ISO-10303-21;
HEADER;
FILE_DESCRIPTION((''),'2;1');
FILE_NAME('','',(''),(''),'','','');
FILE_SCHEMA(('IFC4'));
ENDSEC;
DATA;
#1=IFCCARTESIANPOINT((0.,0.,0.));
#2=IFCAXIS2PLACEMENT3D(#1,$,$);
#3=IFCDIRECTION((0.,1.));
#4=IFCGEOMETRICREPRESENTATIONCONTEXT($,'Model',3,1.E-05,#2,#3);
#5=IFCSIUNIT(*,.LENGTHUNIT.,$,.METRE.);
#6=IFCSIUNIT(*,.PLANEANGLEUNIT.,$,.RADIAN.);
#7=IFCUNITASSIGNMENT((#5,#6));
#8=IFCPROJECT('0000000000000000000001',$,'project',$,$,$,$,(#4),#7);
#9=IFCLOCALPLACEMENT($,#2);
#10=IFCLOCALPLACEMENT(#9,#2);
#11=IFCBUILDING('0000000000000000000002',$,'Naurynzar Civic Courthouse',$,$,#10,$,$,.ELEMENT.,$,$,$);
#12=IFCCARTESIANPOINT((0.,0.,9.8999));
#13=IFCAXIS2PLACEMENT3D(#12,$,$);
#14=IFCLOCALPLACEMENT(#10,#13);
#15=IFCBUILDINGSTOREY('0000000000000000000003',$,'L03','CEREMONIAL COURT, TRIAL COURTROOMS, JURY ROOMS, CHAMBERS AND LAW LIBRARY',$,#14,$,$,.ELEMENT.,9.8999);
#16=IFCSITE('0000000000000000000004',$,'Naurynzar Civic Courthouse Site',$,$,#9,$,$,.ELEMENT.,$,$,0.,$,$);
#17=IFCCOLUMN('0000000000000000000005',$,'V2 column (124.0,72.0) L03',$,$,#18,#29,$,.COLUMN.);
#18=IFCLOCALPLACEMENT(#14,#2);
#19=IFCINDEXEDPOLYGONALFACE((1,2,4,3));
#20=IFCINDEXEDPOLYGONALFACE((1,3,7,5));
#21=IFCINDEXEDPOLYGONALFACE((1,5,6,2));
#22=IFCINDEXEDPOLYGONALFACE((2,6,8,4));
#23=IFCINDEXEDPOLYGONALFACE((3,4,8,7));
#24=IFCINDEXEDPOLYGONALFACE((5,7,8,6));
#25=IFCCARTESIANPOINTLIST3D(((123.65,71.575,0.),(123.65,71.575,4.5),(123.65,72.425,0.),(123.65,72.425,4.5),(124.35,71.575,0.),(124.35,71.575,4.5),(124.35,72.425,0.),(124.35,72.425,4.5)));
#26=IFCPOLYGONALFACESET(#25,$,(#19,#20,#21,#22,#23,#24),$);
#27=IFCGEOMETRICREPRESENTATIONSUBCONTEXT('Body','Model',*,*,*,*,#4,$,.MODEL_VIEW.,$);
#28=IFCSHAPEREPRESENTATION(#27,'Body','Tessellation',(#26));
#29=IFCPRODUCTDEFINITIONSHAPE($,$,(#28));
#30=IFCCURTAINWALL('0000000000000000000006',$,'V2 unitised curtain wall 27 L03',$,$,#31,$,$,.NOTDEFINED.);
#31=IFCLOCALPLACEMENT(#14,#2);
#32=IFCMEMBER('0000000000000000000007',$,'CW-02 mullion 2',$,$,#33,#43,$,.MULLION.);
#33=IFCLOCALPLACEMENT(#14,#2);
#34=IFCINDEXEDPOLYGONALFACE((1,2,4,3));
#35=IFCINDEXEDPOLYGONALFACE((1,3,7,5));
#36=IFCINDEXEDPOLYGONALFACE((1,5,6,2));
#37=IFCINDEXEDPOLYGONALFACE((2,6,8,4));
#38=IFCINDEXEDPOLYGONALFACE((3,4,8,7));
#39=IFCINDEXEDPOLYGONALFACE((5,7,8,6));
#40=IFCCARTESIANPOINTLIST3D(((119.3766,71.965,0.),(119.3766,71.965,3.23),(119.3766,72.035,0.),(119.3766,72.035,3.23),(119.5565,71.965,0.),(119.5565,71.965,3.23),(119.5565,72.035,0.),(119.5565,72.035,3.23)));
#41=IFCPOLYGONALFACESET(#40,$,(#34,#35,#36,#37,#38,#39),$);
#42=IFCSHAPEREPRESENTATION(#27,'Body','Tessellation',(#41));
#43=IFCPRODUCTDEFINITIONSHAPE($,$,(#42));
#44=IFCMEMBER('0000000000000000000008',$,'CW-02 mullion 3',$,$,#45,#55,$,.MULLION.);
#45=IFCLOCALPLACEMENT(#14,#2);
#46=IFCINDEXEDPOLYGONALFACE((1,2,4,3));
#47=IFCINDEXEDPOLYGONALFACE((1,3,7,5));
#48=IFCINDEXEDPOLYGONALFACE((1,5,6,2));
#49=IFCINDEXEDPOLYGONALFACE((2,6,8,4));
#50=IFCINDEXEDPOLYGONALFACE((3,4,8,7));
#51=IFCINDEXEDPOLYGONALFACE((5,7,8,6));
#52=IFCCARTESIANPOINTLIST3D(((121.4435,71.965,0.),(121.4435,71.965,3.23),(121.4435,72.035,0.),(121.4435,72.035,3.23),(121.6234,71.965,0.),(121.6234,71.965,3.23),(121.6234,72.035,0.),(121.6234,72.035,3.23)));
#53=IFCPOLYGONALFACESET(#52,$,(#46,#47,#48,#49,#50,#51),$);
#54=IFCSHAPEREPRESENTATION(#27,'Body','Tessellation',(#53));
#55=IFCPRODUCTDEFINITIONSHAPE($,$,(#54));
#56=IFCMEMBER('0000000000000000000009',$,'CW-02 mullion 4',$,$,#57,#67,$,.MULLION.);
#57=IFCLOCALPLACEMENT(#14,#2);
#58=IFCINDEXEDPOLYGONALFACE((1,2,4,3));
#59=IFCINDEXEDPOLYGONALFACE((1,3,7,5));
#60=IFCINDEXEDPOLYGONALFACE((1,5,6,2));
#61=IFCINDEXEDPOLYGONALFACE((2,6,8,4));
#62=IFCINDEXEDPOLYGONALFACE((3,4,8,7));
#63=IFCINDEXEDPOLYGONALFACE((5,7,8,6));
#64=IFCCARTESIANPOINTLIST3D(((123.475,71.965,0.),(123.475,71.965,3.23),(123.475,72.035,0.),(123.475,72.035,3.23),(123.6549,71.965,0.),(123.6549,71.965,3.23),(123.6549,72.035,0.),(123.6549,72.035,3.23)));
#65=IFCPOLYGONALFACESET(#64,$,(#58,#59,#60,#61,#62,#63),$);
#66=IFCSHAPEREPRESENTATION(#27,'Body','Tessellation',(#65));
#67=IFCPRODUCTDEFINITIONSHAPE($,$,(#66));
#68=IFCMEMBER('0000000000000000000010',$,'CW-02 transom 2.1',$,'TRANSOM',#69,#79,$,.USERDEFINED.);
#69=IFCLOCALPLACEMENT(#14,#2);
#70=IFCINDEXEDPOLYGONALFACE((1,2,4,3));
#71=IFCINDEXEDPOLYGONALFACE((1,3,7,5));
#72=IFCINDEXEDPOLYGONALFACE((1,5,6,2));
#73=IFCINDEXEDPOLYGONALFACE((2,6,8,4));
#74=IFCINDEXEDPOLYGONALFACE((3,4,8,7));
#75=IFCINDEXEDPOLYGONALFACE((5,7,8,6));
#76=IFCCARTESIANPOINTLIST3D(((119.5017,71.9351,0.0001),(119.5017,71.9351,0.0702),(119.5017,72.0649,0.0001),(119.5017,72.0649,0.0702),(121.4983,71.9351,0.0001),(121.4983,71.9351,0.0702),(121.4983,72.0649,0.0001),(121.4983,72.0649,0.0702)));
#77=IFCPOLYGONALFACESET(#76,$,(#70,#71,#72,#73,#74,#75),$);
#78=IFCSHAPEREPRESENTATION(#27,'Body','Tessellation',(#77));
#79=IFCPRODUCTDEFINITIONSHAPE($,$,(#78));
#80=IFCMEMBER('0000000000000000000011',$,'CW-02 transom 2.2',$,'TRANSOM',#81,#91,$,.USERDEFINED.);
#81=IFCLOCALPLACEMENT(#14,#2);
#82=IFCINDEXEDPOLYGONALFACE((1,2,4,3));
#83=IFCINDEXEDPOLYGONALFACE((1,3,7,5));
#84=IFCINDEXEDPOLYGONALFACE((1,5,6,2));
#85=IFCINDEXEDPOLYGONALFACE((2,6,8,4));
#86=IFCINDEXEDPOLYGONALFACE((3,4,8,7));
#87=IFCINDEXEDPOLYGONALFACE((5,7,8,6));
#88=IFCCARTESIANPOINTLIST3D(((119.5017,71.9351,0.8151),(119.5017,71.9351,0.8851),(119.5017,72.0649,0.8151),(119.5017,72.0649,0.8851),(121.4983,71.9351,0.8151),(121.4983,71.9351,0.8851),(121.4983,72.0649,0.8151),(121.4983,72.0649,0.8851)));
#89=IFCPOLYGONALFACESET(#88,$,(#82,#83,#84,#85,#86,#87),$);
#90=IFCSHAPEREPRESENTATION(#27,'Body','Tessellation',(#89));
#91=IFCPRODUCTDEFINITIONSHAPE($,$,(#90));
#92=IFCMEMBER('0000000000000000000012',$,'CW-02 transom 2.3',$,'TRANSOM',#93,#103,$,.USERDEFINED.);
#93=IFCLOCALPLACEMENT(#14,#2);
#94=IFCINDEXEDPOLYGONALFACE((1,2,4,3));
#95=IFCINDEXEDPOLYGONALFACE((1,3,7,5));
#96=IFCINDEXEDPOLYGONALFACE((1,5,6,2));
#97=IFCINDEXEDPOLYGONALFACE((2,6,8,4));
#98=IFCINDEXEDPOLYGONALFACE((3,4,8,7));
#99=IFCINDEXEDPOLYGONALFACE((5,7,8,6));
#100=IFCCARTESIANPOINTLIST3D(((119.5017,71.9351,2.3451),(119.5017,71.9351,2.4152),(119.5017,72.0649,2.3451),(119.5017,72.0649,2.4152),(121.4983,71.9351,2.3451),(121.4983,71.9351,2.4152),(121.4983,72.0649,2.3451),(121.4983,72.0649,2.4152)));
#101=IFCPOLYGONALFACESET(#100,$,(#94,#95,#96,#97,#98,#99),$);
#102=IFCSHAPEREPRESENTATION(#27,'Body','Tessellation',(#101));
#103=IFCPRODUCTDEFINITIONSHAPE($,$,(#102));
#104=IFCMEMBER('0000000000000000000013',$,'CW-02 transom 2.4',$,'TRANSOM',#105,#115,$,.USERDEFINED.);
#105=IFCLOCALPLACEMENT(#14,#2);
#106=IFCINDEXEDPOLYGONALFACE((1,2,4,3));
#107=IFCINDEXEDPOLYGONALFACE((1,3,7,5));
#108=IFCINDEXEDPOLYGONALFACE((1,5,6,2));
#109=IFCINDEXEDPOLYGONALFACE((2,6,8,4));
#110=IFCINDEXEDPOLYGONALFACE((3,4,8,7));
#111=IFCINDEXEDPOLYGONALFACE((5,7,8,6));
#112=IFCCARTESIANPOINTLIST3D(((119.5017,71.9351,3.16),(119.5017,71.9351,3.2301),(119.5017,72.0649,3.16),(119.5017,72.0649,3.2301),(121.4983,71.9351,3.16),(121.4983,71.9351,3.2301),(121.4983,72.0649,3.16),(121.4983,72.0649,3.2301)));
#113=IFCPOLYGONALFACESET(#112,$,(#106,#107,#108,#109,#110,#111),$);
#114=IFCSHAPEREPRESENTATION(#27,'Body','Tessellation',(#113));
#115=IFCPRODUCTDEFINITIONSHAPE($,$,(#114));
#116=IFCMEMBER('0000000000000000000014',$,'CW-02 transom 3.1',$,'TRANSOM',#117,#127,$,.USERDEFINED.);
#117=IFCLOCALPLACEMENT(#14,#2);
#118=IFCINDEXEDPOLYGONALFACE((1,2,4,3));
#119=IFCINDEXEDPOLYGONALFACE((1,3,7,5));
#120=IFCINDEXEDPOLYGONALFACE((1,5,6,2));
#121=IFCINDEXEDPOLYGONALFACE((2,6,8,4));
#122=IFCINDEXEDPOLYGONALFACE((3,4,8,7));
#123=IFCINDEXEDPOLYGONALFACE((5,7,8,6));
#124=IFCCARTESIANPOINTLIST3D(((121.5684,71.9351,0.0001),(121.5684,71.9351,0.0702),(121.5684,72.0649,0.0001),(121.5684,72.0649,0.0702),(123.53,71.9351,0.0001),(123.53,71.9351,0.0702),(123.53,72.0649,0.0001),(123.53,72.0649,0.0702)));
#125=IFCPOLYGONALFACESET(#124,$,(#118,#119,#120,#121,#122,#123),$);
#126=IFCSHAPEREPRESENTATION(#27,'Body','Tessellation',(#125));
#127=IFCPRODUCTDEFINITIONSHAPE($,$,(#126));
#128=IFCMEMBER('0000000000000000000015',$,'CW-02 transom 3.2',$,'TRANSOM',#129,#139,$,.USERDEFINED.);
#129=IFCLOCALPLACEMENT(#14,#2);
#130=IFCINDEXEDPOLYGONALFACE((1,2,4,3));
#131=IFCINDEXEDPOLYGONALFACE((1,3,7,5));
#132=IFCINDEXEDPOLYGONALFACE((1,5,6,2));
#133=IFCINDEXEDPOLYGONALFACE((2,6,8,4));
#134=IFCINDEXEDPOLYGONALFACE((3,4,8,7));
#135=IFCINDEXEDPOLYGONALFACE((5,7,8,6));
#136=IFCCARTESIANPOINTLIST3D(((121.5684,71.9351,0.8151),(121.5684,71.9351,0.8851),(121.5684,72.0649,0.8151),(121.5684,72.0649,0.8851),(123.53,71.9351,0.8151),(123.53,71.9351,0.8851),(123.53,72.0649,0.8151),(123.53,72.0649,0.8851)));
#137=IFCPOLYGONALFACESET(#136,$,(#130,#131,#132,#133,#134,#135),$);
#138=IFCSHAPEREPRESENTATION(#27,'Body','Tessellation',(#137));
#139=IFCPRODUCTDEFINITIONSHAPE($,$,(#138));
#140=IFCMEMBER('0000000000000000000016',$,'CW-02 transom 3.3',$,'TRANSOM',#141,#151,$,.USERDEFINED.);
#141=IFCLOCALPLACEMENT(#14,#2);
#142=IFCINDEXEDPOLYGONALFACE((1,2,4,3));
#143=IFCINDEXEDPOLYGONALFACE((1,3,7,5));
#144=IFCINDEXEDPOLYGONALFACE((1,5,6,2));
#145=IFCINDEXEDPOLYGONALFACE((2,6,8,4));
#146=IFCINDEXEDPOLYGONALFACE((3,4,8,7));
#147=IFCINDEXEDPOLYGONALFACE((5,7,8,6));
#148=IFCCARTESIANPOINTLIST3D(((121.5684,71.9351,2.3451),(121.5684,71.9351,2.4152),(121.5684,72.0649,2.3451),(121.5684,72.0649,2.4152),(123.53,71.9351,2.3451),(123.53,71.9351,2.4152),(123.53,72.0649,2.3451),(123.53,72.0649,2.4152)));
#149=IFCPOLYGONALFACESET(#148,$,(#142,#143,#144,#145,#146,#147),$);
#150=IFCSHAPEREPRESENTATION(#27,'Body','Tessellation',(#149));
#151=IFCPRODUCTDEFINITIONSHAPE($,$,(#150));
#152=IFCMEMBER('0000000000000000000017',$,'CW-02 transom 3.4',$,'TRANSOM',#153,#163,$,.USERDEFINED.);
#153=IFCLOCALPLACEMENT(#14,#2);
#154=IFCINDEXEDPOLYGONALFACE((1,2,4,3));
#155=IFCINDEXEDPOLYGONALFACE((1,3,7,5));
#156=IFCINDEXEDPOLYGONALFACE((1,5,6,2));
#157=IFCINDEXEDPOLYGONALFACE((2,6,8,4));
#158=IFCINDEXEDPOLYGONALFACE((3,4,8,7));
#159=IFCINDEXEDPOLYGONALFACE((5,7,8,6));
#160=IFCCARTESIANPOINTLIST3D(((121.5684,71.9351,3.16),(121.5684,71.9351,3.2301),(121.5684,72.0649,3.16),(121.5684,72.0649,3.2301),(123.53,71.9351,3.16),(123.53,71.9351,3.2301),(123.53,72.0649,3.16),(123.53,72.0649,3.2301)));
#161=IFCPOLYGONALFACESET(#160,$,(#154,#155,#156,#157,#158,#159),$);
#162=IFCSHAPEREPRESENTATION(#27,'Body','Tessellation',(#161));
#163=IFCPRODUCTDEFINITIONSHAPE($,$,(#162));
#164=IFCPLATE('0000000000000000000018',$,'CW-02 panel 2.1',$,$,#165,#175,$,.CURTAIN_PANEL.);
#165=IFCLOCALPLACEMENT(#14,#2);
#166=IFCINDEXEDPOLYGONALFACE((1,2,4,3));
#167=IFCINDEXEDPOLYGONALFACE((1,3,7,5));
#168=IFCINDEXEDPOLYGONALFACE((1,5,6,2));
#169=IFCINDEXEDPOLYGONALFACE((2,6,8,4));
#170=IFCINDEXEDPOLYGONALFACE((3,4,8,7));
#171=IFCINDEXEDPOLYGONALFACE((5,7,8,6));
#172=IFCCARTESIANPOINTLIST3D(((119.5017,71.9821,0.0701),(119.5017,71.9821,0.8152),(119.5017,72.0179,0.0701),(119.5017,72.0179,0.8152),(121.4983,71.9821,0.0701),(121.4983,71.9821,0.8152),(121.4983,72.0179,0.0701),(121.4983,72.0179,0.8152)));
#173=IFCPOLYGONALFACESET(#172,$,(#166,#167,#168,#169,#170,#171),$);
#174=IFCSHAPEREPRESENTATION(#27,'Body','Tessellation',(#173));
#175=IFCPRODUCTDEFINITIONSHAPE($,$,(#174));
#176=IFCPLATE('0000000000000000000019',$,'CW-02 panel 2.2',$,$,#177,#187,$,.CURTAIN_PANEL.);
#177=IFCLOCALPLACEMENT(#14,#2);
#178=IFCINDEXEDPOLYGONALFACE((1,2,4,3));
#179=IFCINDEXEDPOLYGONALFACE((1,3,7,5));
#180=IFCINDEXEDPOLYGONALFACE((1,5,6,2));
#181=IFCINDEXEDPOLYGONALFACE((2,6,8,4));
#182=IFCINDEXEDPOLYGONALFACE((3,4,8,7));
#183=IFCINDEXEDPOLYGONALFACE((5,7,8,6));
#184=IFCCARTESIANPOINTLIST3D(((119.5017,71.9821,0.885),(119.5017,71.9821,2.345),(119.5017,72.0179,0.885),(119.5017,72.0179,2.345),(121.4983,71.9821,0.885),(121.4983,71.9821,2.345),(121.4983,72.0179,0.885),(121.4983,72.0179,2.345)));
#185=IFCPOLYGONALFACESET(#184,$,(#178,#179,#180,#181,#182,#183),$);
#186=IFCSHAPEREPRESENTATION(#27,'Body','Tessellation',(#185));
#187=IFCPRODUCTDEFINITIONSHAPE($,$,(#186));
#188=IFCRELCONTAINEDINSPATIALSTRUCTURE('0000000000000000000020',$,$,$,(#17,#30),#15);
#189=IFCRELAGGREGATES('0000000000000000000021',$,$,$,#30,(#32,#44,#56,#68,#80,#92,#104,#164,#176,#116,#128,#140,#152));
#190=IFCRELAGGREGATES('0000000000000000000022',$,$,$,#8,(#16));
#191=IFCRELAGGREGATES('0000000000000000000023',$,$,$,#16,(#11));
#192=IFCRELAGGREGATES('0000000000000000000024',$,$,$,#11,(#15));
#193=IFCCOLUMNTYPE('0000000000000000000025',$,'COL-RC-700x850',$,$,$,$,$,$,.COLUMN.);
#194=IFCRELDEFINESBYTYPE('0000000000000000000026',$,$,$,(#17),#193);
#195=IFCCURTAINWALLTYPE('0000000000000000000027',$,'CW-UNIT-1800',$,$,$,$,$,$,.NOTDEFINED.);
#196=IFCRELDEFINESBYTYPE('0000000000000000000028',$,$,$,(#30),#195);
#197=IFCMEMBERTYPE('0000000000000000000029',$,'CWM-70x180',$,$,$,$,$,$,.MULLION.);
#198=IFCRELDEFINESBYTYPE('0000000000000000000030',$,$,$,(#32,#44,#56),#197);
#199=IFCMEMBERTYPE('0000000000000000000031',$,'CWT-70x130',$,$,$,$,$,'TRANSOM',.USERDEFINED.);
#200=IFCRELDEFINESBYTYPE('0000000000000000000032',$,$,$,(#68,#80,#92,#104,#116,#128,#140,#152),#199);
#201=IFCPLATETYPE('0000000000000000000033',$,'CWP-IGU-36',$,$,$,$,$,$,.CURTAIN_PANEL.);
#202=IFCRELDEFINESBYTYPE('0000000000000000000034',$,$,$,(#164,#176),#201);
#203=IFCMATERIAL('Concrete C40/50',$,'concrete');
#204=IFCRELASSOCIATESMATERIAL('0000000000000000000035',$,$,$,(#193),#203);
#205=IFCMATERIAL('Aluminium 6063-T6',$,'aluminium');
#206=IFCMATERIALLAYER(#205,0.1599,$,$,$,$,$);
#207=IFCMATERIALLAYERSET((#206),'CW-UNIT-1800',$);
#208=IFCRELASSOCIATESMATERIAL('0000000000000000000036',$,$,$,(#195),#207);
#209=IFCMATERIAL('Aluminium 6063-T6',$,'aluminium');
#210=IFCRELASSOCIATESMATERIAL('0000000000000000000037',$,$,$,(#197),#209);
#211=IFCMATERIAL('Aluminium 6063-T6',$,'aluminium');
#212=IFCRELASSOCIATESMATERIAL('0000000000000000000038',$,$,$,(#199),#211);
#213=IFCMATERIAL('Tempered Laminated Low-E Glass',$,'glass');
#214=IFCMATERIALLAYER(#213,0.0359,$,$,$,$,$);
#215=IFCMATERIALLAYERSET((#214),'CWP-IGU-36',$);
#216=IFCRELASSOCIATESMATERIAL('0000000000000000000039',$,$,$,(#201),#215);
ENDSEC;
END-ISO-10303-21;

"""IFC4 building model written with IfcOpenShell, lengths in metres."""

from ifc_helpers import new_model, si_unit, direction, frame, origin, origin_2d, place, context, subcontext, project, spatial, rectangle, extrude, material, layer, layer_set, material_profile, profile_set, type_object, element, aggregate, save


model = new_model("IFC4")

# Units and contexts
model_context = context("Model", 3, precision=1e-05, world=origin(), true_north=direction((0.0, 1.0)))
body_context = subcontext(model_context, "Body", "Model", "MODEL_VIEW")
ifc_project = project(units=[si_unit("LENGTHUNIT", "METRE"), si_unit("PLANEANGLEUNIT", "RADIAN")], contexts=[model_context])

# Site, building, storey
site_placement = place(None, origin())
site = spatial("IfcSite", under=ifc_project, at=site_placement, Name="Naurynzar Civic Courthouse Site", CompositionType="ELEMENT", RefElevation=0.0)
building_placement = place(site_placement, origin())
building = spatial("IfcBuilding", under=site, at=building_placement, Name="Naurynzar Civic Courthouse", CompositionType="ELEMENT")
storey_placement = place(building_placement, frame((0.0, 0.0, 9.8999)))
storey = spatial("IfcBuildingStorey", under=building, at=storey_placement, Name="L03", Description="CEREMONIAL COURT, TRIAL COURTROOMS, JURY ROOMS, CHAMBERS AND LAW LIBRARY", CompositionType="ELEMENT", Elevation=9.8999)

# Column
ifc_material_1 = material(Name="Concrete C40/50", Category="concrete")
ifc_material_profile_1 = material_profile(ifc_material_1, rectangle(XDim=0.7, YDim=0.8501, at=origin_2d()), Name="RC 700x850")
ifc_profile_set_1 = profile_set([ifc_material_profile_1], Name="Concrete C40/50")
column_type = type_object("IfcColumnType", Name="COL-RC-700x850", PredefinedType="COLUMN", material=ifc_profile_set_1)
column_placement = place(storey_placement, frame((124.0, 72.0, 0.0), z_axis=(0.0, 0.0, 1.0), x_axis=(1.0, 0.0, 0.0)))
element("IfcColumn", 1, at=column_placement, inside=storey, type_object=column_type, Name="V2 column (124.0,72.0) L03", PredefinedType="COLUMN", context=body_context, shape_type="SweptSolid", body=[
    extrude(rectangle(XDim=0.7, YDim=0.8501, at=origin_2d()), origin(), (0.0, 0.0, 1.0), 4.5),
])

# Curtain wall, members, plates
ifc_material_2 = material(Name="Aluminium 6063-T6", Category="aluminium")
ifc_layer_1 = layer(ifc_material_2, 0.1599)
ifc_layer_set_1 = layer_set([ifc_layer_1], Name="CW-UNIT-1800")
curtain_wall_type = type_object("IfcCurtainWallType", Name="CW-UNIT-1800", PredefinedType="NOTDEFINED", material=ifc_layer_set_1)
curtain_wall_placement = place(storey_placement, origin())
curtain_wall = element("IfcCurtainWall", 2, at=curtain_wall_placement, inside=storey, type_object=curtain_wall_type, Name="V2 unitised curtain wall 27 L03", PredefinedType="NOTDEFINED")
ifc_material_3 = material(Name="Aluminium 6063-T6", Category="aluminium")
ifc_material_profile_2 = material_profile(ifc_material_3, rectangle(XDim=0.0701, YDim=0.1799, at=origin_2d()), Name="ALU MULLION 70x180")
ifc_profile_set_2 = profile_set([ifc_material_profile_2], Name="Aluminium 6063-T6")
member_type_1 = type_object("IfcMemberType", Name="CWM-70x180", PredefinedType="MULLION", material=ifc_profile_set_2)
member_1_placement = place(storey_placement, frame((119.4666, 72.0, 0.0), z_axis=(0.0, 0.0, 1.0), x_axis=(0.0, 1.0, 0.0)))
member_1 = element("IfcMember", 3, at=member_1_placement, type_object=member_type_1, Name="CW-02 mullion 2", PredefinedType="MULLION", context=body_context, shape_type="SweptSolid", body=[
    extrude(rectangle(XDim=0.0701, YDim=0.1799, at=origin_2d()), origin(), (0.0, 0.0, 1.0), 3.23),
])
member_2_placement = place(storey_placement, frame((121.5334, 72.0, 0.0), z_axis=(0.0, 0.0, 1.0), x_axis=(0.0, 1.0, 0.0)))
member_2 = element("IfcMember", 4, at=member_2_placement, type_object=member_type_1, Name="CW-02 mullion 3", PredefinedType="MULLION", context=body_context, shape_type="SweptSolid", body=[
    extrude(rectangle(XDim=0.0701, YDim=0.1799, at=origin_2d()), origin(), (0.0, 0.0, 1.0), 3.23),
])
member_3_placement = place(storey_placement, frame((123.5649, 72.0, 0.0), z_axis=(0.0, 0.0, 1.0), x_axis=(0.0, 1.0, 0.0)))
member_3 = element("IfcMember", 5, at=member_3_placement, type_object=member_type_1, Name="CW-02 mullion 4", PredefinedType="MULLION", context=body_context, shape_type="SweptSolid", body=[
    extrude(rectangle(XDim=0.0701, YDim=0.1799, at=origin_2d()), origin(), (0.0, 0.0, 1.0), 3.23),
])
ifc_material_4 = material(Name="Aluminium 6063-T6", Category="aluminium")
ifc_material_profile_3 = material_profile(ifc_material_4, rectangle(XDim=0.1299, YDim=0.0701, at=origin_2d()), Name="ALU TRANSOM 70x130")
ifc_profile_set_3 = profile_set([ifc_material_profile_3], Name="Aluminium 6063-T6")
member_type_2 = type_object("IfcMemberType", Name="CWT-70x130", ElementType="TRANSOM", PredefinedType="USERDEFINED", material=ifc_profile_set_3)
member_4_placement = place(storey_placement, frame((119.5017, 72.0, 0.0352), z_axis=(1.0, 0.0, 0.0), x_axis=(0.0, 1.0, 0.0)))
member_4 = element("IfcMember", 6, at=member_4_placement, type_object=member_type_2, Name="CW-02 transom 2.1", ObjectType="TRANSOM", PredefinedType="USERDEFINED", context=body_context, shape_type="SweptSolid", body=[
    extrude(rectangle(XDim=0.1299, YDim=0.0701, at=origin_2d()), origin(), (0.0, 0.0, 1.0), 1.9966),
])
member_5_placement = place(storey_placement, frame((119.5017, 72.0, 0.8501), z_axis=(1.0, 0.0, 0.0), x_axis=(0.0, 1.0, 0.0)))
member_5 = element("IfcMember", 7, at=member_5_placement, type_object=member_type_2, Name="CW-02 transom 2.2", ObjectType="TRANSOM", PredefinedType="USERDEFINED", context=body_context, shape_type="SweptSolid", body=[
    extrude(rectangle(XDim=0.1299, YDim=0.0701, at=origin_2d()), origin(), (0.0, 0.0, 1.0), 1.9966),
])
member_6_placement = place(storey_placement, frame((119.5017, 72.0, 2.3801), z_axis=(1.0, 0.0, 0.0), x_axis=(0.0, 1.0, 0.0)))
member_6 = element("IfcMember", 8, at=member_6_placement, type_object=member_type_2, Name="CW-02 transom 2.3", ObjectType="TRANSOM", PredefinedType="USERDEFINED", context=body_context, shape_type="SweptSolid", body=[
    extrude(rectangle(XDim=0.1299, YDim=0.0701, at=origin_2d()), origin(), (0.0, 0.0, 1.0), 1.9966),
])
member_7_placement = place(storey_placement, frame((119.5017, 72.0, 3.1951), z_axis=(1.0, 0.0, 0.0), x_axis=(0.0, 1.0, 0.0)))
member_7 = element("IfcMember", 9, at=member_7_placement, type_object=member_type_2, Name="CW-02 transom 2.4", ObjectType="TRANSOM", PredefinedType="USERDEFINED", context=body_context, shape_type="SweptSolid", body=[
    extrude(rectangle(XDim=0.1299, YDim=0.0701, at=origin_2d()), origin(), (0.0, 0.0, 1.0), 1.9966),
])
member_8_placement = place(storey_placement, frame((121.5684, 72.0, 0.0352), z_axis=(1.0, 0.0, 0.0), x_axis=(0.0, 1.0, 0.0)))
member_8 = element("IfcMember", 10, at=member_8_placement, type_object=member_type_2, Name="CW-02 transom 3.1", ObjectType="TRANSOM", PredefinedType="USERDEFINED", context=body_context, shape_type="SweptSolid", body=[
    extrude(rectangle(XDim=0.1299, YDim=0.0701, at=origin_2d()), origin(), (0.0, 0.0, 1.0), 1.9617),
])
member_9_placement = place(storey_placement, frame((121.5684, 72.0, 0.8501), z_axis=(1.0, 0.0, 0.0), x_axis=(0.0, 1.0, 0.0)))
member_9 = element("IfcMember", 11, at=member_9_placement, type_object=member_type_2, Name="CW-02 transom 3.2", ObjectType="TRANSOM", PredefinedType="USERDEFINED", context=body_context, shape_type="SweptSolid", body=[
    extrude(rectangle(XDim=0.1299, YDim=0.0701, at=origin_2d()), origin(), (0.0, 0.0, 1.0), 1.9617),
])
member_10_placement = place(storey_placement, frame((121.5684, 72.0, 2.3801), z_axis=(1.0, 0.0, 0.0), x_axis=(0.0, 1.0, 0.0)))
member_10 = element("IfcMember", 12, at=member_10_placement, type_object=member_type_2, Name="CW-02 transom 3.3", ObjectType="TRANSOM", PredefinedType="USERDEFINED", context=body_context, shape_type="SweptSolid", body=[
    extrude(rectangle(XDim=0.1299, YDim=0.0701, at=origin_2d()), origin(), (0.0, 0.0, 1.0), 1.9617),
])
member_11_placement = place(storey_placement, frame((121.5684, 72.0, 3.1951), z_axis=(1.0, 0.0, 0.0), x_axis=(0.0, 1.0, 0.0)))
member_11 = element("IfcMember", 13, at=member_11_placement, type_object=member_type_2, Name="CW-02 transom 3.4", ObjectType="TRANSOM", PredefinedType="USERDEFINED", context=body_context, shape_type="SweptSolid", body=[
    extrude(rectangle(XDim=0.1299, YDim=0.0701, at=origin_2d()), origin(), (0.0, 0.0, 1.0), 1.9617),
])
ifc_material_5 = material(Name="Tempered Laminated Low-E Glass", Category="glass")
ifc_layer_2 = layer(ifc_material_5, 0.0359)
ifc_layer_set_2 = layer_set([ifc_layer_2], Name="CWP-IGU-36")
plate_type = type_object("IfcPlateType", Name="CWP-IGU-36", PredefinedType="CURTAIN_PANEL", material=ifc_layer_set_2)
plate_1_placement = place(storey_placement, frame((120.5, 72.0, 0.0701), z_axis=(0.0, 0.0, 1.0), x_axis=(1.0, 0.0, 0.0)))
plate_1 = element("IfcPlate", 14, at=plate_1_placement, type_object=plate_type, Name="CW-02 panel 2.1", PredefinedType="CURTAIN_PANEL", context=body_context, shape_type="SweptSolid", body=[
    extrude(rectangle(XDim=1.9966, YDim=0.0359, at=origin_2d()), origin(), (0.0, 0.0, 1.0), 0.7451),
])
plate_2_placement = place(storey_placement, frame((120.5, 72.0, 0.885), z_axis=(0.0, 0.0, 1.0), x_axis=(1.0, 0.0, 0.0)))
plate_2 = element("IfcPlate", 15, at=plate_2_placement, type_object=plate_type, Name="CW-02 panel 2.2", PredefinedType="CURTAIN_PANEL", context=body_context, shape_type="SweptSolid", body=[
    extrude(rectangle(XDim=1.9966, YDim=0.0359, at=origin_2d()), origin(), (0.0, 0.0, 1.0), 1.46),
])
aggregate(curtain_wall, [member_1, member_2, member_3, member_4, member_5, member_6, member_7, plate_1, plate_2, member_8, member_9, member_10, member_11])

save(model, "model.ifc")
